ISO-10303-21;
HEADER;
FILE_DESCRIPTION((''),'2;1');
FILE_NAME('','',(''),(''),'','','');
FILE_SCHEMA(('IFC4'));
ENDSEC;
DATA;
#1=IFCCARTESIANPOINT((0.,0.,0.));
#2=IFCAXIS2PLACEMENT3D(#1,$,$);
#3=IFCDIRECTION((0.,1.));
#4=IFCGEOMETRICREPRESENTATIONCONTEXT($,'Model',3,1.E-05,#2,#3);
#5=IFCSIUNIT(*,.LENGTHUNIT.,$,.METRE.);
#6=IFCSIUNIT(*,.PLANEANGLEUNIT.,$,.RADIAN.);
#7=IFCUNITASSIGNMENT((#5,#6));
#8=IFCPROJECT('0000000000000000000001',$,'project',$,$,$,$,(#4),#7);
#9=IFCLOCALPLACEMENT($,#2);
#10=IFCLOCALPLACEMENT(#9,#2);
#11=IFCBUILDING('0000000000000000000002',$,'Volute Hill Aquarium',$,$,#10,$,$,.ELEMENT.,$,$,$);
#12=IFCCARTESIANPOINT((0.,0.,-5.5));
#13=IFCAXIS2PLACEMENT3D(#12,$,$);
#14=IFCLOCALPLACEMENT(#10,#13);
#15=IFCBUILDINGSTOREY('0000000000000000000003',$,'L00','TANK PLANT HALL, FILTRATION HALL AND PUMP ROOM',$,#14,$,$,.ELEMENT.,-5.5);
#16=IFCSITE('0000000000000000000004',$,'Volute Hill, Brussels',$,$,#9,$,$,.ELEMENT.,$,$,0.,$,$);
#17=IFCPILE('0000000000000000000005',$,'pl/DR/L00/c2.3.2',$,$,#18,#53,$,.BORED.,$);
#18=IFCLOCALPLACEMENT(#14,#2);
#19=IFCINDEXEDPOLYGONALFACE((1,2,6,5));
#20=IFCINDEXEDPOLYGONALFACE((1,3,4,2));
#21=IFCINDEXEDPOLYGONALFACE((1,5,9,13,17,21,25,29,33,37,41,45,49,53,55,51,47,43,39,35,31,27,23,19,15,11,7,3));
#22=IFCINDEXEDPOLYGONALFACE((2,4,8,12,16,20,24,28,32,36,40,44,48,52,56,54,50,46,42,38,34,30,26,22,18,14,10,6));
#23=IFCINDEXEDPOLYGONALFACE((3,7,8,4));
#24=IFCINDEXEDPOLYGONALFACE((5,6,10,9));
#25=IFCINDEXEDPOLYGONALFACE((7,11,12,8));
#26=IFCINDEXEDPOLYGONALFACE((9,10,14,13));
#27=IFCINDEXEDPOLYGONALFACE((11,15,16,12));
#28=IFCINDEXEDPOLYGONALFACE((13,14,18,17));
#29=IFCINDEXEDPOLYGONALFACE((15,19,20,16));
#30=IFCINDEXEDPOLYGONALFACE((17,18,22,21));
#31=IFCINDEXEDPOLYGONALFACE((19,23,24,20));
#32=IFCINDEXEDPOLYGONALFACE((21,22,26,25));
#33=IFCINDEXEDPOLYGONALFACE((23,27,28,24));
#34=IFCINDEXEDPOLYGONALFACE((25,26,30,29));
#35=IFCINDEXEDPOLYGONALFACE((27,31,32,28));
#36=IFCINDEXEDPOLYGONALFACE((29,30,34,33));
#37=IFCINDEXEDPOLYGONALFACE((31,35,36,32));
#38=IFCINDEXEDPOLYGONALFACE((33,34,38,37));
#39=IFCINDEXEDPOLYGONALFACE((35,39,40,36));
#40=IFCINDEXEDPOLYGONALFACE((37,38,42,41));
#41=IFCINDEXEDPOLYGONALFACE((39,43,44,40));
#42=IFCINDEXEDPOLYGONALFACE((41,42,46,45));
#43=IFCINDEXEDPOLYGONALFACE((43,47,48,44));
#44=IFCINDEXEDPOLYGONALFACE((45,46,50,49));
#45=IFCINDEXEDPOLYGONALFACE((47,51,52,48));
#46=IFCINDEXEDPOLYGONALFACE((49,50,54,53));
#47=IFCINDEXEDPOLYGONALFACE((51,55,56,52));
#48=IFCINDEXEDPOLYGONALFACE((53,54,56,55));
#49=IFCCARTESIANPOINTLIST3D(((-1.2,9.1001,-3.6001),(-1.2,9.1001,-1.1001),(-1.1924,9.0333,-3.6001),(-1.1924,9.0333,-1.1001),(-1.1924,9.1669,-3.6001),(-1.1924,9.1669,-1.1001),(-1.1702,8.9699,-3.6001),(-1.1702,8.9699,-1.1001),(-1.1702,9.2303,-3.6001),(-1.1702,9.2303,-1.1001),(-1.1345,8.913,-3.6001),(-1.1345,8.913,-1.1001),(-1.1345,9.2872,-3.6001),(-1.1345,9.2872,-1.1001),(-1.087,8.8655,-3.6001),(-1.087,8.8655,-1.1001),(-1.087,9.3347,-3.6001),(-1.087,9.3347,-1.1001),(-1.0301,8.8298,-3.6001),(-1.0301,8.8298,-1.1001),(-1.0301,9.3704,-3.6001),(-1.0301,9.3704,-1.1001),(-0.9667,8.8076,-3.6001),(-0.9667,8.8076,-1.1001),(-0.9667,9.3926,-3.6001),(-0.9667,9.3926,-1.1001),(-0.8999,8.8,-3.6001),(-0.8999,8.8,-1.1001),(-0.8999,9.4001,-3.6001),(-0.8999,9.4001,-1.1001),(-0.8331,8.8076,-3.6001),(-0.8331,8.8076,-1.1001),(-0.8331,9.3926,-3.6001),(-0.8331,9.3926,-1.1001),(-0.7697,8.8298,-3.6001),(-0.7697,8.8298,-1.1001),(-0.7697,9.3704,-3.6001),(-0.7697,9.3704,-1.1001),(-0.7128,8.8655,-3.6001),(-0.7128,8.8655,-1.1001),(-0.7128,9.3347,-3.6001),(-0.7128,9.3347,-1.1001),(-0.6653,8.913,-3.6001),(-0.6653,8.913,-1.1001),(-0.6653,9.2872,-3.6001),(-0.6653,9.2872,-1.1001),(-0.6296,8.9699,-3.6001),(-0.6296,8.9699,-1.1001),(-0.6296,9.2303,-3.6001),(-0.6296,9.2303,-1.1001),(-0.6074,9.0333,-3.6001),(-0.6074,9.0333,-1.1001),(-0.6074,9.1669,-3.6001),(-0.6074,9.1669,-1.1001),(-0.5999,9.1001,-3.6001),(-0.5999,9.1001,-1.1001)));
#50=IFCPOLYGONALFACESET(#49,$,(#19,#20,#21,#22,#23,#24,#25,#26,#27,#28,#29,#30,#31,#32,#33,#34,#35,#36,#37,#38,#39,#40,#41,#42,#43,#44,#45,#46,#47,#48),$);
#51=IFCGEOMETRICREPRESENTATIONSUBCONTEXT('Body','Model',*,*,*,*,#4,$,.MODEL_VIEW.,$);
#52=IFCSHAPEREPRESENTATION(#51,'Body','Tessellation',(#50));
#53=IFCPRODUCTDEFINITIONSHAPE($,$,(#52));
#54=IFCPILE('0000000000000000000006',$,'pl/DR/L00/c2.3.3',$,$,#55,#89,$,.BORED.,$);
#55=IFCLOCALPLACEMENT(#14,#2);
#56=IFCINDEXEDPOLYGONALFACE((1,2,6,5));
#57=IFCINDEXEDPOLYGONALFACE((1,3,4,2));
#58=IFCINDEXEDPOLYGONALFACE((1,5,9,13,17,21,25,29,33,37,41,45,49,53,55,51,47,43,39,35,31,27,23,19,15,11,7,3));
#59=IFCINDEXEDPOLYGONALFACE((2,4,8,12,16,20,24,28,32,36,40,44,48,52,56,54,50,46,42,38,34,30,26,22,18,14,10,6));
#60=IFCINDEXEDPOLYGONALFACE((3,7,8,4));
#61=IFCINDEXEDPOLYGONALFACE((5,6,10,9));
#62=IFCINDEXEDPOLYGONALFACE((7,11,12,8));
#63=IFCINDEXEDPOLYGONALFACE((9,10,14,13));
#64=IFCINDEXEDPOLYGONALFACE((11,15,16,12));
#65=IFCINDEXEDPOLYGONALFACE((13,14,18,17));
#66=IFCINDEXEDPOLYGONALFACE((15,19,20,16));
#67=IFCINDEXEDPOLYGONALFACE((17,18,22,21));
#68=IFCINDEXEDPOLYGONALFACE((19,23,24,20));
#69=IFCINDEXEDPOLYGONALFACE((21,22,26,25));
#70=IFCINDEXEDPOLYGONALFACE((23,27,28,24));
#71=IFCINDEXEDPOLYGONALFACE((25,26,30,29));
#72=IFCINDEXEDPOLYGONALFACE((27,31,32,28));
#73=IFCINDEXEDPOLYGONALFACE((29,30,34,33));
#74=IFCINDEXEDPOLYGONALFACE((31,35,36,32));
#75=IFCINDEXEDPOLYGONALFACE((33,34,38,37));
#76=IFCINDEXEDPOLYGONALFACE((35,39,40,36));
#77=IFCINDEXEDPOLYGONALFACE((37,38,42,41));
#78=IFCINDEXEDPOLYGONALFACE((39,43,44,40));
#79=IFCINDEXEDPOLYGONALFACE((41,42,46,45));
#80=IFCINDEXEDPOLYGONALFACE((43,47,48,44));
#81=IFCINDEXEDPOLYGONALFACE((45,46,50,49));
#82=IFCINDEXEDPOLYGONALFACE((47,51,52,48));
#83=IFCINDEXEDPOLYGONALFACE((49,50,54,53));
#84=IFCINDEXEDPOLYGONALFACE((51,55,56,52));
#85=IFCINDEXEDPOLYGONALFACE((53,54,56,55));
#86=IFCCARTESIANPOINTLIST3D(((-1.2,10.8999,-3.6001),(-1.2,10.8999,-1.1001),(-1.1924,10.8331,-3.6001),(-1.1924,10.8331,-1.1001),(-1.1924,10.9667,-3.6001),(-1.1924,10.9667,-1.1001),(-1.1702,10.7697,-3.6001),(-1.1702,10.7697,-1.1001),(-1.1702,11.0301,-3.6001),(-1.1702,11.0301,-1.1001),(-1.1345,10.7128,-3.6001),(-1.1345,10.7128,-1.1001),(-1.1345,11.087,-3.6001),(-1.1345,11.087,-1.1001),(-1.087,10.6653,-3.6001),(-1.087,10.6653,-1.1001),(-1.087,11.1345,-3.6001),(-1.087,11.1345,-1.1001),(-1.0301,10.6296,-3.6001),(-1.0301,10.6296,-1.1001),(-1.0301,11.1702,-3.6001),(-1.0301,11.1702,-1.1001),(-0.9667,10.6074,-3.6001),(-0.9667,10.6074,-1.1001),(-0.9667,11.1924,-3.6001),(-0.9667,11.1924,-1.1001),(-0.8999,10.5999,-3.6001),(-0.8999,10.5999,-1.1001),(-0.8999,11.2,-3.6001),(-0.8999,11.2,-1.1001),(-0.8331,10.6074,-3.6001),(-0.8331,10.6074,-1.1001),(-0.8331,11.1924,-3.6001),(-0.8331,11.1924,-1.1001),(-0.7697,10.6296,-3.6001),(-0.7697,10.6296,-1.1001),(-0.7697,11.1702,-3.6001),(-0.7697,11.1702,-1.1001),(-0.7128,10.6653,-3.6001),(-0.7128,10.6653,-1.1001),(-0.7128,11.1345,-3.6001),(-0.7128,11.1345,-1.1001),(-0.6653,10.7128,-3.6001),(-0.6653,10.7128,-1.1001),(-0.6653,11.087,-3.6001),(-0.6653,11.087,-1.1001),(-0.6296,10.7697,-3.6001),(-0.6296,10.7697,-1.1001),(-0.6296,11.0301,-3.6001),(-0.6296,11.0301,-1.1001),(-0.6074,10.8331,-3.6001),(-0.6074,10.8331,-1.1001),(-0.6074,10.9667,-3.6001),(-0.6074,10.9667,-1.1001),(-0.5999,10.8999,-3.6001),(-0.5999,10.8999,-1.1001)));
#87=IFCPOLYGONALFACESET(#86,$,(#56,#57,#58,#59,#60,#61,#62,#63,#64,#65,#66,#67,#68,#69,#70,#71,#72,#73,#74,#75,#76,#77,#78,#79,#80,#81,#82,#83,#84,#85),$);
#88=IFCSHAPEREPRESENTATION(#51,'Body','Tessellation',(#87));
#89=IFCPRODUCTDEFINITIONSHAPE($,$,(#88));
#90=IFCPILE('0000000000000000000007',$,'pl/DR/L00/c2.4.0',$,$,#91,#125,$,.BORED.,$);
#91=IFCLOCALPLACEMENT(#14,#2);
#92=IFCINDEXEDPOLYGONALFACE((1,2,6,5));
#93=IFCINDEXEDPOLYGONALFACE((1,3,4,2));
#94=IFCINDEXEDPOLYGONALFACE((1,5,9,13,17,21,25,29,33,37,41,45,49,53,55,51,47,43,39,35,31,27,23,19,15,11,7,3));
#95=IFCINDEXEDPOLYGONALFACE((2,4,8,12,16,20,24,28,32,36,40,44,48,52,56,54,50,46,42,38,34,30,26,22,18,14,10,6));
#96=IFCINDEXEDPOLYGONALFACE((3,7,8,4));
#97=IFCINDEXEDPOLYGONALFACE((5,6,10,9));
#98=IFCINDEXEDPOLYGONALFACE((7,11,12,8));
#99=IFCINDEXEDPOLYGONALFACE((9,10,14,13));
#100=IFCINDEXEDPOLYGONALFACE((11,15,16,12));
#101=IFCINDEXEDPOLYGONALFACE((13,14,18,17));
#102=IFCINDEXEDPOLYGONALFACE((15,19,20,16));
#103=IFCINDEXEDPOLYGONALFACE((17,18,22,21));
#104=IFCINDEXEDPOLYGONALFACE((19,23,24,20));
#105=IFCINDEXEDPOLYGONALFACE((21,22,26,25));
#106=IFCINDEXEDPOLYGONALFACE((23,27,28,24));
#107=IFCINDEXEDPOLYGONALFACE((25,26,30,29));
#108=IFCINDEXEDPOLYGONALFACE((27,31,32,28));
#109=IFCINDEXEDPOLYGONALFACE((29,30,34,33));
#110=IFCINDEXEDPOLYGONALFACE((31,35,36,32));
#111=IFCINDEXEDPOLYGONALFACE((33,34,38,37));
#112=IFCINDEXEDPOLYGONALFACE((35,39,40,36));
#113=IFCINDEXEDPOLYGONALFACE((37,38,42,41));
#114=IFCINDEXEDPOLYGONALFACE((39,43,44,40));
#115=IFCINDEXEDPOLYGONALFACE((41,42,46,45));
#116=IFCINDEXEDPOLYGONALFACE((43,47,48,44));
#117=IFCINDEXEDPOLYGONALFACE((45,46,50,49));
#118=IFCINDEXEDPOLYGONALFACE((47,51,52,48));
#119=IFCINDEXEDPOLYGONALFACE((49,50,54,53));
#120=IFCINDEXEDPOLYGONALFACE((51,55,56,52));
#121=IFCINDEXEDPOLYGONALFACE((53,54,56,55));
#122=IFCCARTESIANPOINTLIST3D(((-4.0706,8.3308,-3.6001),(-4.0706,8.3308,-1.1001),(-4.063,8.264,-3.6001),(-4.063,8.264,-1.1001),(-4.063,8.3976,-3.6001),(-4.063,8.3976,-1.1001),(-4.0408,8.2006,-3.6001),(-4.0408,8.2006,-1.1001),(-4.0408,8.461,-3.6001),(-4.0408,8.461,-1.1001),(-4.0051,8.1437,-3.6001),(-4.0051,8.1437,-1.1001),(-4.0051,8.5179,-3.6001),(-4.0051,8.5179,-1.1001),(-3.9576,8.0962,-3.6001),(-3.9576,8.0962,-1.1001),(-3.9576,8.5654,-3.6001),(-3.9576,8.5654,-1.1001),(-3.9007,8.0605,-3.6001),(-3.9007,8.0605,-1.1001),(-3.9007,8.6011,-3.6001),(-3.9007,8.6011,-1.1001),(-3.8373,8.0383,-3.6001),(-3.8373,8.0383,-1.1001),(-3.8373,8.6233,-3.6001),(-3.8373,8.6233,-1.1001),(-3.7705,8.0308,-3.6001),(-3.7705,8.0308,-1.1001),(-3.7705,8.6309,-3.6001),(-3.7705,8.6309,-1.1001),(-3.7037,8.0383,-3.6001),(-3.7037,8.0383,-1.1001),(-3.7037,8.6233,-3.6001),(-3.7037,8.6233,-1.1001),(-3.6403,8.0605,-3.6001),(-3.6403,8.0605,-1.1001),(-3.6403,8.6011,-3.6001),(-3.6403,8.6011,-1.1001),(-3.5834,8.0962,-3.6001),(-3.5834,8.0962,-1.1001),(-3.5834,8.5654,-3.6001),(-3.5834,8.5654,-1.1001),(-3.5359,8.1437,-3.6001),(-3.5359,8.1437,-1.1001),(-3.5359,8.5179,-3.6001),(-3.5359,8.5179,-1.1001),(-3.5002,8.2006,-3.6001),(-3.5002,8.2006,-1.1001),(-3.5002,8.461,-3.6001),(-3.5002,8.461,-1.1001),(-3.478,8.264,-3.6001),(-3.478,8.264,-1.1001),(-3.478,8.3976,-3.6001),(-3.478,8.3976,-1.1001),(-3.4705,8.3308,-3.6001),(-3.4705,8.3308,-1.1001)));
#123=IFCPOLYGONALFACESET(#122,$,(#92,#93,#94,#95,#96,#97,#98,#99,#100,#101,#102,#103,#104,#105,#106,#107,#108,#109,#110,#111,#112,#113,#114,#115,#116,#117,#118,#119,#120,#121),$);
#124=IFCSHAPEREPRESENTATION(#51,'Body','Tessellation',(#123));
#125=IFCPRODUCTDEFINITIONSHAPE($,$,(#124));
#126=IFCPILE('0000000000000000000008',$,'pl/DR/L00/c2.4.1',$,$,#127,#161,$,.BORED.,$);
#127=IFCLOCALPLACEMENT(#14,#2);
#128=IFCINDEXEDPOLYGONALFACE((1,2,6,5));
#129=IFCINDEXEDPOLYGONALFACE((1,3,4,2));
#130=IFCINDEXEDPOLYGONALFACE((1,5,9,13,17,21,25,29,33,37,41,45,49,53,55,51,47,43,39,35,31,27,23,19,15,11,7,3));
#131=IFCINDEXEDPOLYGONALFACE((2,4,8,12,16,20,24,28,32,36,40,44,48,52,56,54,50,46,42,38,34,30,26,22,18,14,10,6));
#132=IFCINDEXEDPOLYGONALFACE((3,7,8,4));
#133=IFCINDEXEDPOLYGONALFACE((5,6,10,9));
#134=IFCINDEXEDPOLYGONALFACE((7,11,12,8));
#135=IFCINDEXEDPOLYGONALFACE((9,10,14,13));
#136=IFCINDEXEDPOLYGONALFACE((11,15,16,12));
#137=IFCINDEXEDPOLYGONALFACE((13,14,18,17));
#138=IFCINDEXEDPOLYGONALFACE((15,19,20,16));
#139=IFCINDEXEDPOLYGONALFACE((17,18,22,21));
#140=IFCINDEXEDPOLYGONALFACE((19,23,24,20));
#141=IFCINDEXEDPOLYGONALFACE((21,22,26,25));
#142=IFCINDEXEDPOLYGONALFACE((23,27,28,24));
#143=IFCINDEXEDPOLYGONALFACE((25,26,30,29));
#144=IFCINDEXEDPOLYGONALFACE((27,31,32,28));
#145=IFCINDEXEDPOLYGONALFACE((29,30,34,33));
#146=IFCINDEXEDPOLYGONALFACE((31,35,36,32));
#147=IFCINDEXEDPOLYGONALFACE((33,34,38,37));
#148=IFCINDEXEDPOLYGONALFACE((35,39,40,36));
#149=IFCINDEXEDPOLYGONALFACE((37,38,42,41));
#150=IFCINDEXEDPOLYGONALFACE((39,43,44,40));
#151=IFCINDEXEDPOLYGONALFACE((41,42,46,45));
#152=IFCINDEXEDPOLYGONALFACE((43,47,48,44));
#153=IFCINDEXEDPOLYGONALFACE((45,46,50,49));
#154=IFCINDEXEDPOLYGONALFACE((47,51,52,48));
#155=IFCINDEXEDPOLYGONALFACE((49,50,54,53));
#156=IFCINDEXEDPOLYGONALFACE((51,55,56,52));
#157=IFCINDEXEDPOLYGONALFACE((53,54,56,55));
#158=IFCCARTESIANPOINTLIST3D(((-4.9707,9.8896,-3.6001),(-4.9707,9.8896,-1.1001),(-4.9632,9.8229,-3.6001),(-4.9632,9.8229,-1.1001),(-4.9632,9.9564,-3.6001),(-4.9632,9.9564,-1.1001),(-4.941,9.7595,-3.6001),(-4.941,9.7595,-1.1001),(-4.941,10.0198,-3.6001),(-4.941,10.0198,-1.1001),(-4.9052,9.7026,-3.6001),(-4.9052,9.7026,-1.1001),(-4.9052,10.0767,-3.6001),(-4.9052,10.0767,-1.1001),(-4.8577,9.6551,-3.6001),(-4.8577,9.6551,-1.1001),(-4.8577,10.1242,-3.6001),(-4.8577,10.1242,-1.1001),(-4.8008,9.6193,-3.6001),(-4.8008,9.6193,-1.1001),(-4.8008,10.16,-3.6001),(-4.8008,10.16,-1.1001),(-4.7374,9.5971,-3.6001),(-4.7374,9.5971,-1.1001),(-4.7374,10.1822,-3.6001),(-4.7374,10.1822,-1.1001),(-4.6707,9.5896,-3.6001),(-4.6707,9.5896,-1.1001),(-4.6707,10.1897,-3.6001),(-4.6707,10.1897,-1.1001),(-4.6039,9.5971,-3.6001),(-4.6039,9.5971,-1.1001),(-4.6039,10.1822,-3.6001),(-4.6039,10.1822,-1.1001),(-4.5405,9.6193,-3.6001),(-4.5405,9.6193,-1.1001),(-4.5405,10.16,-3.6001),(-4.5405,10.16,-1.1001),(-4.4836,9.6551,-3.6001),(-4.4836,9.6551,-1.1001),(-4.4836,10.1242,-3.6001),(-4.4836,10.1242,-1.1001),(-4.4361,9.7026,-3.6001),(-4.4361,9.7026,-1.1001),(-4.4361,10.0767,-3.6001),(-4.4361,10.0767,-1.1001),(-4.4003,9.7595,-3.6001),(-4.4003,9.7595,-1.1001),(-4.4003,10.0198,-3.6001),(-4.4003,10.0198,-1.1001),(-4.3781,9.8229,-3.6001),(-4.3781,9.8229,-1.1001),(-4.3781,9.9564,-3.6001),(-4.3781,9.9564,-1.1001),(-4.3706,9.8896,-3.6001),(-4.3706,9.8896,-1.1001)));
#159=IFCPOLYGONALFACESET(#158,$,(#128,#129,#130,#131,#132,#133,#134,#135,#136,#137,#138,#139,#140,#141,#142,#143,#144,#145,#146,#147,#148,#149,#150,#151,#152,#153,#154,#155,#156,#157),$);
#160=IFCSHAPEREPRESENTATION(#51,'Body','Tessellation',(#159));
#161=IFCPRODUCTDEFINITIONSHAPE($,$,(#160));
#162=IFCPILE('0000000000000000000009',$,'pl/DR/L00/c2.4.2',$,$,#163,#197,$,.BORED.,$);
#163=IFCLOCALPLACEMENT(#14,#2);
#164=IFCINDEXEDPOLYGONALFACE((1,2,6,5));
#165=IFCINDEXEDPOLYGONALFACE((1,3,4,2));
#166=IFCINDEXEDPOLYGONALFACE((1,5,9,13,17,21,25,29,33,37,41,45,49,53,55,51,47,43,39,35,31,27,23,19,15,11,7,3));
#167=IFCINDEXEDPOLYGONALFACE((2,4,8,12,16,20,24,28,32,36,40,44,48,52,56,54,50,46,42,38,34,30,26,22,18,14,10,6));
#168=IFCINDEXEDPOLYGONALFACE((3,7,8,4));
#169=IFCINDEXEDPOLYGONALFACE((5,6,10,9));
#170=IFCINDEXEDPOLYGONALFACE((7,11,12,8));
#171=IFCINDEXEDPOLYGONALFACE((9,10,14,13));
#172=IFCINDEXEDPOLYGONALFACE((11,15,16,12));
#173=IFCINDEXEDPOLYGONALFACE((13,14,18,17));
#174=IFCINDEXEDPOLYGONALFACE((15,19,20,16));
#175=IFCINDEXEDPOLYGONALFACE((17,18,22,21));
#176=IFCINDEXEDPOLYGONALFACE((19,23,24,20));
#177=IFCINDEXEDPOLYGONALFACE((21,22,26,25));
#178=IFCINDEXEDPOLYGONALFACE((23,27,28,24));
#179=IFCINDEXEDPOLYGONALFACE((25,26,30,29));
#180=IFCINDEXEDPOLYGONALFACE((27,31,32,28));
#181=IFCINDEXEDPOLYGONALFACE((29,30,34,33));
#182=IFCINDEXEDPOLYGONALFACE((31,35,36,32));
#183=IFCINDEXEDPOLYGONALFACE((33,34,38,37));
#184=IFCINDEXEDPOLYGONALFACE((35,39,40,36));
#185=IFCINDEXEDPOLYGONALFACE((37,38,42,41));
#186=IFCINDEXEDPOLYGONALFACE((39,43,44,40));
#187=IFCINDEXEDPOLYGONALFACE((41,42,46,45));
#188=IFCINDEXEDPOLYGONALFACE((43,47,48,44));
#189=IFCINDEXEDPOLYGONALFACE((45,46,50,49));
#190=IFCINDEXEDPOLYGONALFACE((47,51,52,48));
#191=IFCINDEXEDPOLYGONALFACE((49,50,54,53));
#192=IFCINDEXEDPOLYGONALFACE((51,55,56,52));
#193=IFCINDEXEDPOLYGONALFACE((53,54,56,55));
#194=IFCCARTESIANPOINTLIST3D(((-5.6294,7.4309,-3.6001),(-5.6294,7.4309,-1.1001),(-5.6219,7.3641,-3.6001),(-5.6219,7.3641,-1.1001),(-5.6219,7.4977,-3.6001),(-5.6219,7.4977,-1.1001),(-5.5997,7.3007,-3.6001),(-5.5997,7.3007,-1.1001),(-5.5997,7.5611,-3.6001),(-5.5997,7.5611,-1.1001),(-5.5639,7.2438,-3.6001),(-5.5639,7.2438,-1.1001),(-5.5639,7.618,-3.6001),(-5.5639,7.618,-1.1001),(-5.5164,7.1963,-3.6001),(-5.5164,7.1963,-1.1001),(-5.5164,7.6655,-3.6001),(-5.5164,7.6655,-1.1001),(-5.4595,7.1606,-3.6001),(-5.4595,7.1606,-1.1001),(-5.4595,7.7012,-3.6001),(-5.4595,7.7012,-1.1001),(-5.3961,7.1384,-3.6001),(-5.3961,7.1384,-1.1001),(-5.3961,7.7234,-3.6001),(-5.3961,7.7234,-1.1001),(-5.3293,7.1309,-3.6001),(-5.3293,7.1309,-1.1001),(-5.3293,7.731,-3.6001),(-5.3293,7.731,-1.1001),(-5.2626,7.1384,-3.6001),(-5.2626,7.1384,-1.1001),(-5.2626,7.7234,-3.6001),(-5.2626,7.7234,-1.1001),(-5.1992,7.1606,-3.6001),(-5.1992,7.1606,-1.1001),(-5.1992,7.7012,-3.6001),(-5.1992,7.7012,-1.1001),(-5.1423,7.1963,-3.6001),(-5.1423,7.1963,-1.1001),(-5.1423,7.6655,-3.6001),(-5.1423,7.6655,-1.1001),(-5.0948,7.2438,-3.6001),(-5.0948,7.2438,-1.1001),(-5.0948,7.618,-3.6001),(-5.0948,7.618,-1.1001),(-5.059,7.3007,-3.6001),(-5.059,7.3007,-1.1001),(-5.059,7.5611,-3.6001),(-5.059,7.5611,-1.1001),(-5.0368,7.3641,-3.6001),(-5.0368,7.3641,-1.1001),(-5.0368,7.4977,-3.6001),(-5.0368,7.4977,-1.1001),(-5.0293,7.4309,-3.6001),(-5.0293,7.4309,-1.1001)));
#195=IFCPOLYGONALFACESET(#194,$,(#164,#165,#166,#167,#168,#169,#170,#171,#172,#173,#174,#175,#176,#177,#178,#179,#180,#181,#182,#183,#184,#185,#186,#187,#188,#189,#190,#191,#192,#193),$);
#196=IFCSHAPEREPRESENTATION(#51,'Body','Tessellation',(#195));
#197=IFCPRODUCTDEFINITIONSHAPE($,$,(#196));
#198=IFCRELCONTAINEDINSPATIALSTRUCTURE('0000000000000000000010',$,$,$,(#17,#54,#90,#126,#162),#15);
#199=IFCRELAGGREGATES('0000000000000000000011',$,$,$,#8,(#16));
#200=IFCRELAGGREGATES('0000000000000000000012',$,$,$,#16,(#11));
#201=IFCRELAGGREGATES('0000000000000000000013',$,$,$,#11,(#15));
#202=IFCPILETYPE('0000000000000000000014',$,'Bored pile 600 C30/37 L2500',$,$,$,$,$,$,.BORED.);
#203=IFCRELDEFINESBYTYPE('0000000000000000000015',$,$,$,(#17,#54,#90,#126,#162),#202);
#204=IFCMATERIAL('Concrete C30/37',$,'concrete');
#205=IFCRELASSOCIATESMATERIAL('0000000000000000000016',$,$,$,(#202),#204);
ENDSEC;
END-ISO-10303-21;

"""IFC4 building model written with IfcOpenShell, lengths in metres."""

from ifc_helpers import new_model, si_unit, direction, frame, origin, origin_2d, place, context, subcontext, project, spatial, circle, extrude, material, type_object, element, save


model = new_model("IFC4")

# Units and contexts
model_context = context("Model", 3, precision=1e-05, world=origin(), true_north=direction((0.0, 1.0)))
body_context = subcontext(model_context, "Body", "Model", "MODEL_VIEW")
ifc_project = project(units=[si_unit("LENGTHUNIT", "METRE"), si_unit("PLANEANGLEUNIT", "RADIAN")], contexts=[model_context])

# Site, building, storey
site_placement = place(None, origin())
site = spatial("IfcSite", under=ifc_project, at=site_placement, Name="Volute Hill, Brussels", CompositionType="ELEMENT", RefElevation=0.0)
building_placement = place(site_placement, origin())
building = spatial("IfcBuilding", under=site, at=building_placement, Name="Volute Hill Aquarium", CompositionType="ELEMENT")
storey_placement = place(building_placement, frame((0.0, 0.0, -5.5)))
storey = spatial("IfcBuildingStorey", under=building, at=storey_placement, Name="L00", Description="TANK PLANT HALL, FILTRATION HALL AND PUMP ROOM", CompositionType="ELEMENT", Elevation=-5.5)

# Piles
ifc_material_1 = material(Name="Concrete C30/37", Category="concrete")
pile_type = type_object("IfcPileType", Name="Bored pile 600 C30/37 L2500", PredefinedType="BORED", material=ifc_material_1)
for number, where, z_axis, x_axis, name in (
    (1, (-0.8999, 9.1001, -1.1001), (0.0, 0.0, -1.0), (1.0, 0.0, 0.0), "pl/DR/L00/c2.3.2"),
    (2, (-0.8999, 10.8999, -1.1001), (0.0, 0.0, -1.0), (1.0, 0.0, 0.0), "pl/DR/L00/c2.3.3"),
    (3, (-3.7705, 8.3308, -1.1001), (0.0, 0.0, -1.0), (1.0, 0.0, 0.0), "pl/DR/L00/c2.4.0"),
    (4, (-4.6707, 9.8896, -1.1001), (0.0, 0.0, -1.0), (1.0, 0.0, 0.0), "pl/DR/L00/c2.4.1"),
    (5, (-5.3293, 7.4309, -1.1001), (0.0, 0.0, -1.0), (1.0, 0.0, 0.0), "pl/DR/L00/c2.4.2"),
):
    element("IfcPile", number, at=place(storey_placement, frame(where, z_axis=z_axis, x_axis=x_axis)), inside=storey, type_object=pile_type, Name=name, PredefinedType="BORED", context=body_context, shape_type="SweptSolid", body=[
        extrude(circle(Radius=0.3, at=origin_2d()), origin(), (0.0, 0.0, 1.0), 2.5),
    ])

save(model, "model.ifc")
